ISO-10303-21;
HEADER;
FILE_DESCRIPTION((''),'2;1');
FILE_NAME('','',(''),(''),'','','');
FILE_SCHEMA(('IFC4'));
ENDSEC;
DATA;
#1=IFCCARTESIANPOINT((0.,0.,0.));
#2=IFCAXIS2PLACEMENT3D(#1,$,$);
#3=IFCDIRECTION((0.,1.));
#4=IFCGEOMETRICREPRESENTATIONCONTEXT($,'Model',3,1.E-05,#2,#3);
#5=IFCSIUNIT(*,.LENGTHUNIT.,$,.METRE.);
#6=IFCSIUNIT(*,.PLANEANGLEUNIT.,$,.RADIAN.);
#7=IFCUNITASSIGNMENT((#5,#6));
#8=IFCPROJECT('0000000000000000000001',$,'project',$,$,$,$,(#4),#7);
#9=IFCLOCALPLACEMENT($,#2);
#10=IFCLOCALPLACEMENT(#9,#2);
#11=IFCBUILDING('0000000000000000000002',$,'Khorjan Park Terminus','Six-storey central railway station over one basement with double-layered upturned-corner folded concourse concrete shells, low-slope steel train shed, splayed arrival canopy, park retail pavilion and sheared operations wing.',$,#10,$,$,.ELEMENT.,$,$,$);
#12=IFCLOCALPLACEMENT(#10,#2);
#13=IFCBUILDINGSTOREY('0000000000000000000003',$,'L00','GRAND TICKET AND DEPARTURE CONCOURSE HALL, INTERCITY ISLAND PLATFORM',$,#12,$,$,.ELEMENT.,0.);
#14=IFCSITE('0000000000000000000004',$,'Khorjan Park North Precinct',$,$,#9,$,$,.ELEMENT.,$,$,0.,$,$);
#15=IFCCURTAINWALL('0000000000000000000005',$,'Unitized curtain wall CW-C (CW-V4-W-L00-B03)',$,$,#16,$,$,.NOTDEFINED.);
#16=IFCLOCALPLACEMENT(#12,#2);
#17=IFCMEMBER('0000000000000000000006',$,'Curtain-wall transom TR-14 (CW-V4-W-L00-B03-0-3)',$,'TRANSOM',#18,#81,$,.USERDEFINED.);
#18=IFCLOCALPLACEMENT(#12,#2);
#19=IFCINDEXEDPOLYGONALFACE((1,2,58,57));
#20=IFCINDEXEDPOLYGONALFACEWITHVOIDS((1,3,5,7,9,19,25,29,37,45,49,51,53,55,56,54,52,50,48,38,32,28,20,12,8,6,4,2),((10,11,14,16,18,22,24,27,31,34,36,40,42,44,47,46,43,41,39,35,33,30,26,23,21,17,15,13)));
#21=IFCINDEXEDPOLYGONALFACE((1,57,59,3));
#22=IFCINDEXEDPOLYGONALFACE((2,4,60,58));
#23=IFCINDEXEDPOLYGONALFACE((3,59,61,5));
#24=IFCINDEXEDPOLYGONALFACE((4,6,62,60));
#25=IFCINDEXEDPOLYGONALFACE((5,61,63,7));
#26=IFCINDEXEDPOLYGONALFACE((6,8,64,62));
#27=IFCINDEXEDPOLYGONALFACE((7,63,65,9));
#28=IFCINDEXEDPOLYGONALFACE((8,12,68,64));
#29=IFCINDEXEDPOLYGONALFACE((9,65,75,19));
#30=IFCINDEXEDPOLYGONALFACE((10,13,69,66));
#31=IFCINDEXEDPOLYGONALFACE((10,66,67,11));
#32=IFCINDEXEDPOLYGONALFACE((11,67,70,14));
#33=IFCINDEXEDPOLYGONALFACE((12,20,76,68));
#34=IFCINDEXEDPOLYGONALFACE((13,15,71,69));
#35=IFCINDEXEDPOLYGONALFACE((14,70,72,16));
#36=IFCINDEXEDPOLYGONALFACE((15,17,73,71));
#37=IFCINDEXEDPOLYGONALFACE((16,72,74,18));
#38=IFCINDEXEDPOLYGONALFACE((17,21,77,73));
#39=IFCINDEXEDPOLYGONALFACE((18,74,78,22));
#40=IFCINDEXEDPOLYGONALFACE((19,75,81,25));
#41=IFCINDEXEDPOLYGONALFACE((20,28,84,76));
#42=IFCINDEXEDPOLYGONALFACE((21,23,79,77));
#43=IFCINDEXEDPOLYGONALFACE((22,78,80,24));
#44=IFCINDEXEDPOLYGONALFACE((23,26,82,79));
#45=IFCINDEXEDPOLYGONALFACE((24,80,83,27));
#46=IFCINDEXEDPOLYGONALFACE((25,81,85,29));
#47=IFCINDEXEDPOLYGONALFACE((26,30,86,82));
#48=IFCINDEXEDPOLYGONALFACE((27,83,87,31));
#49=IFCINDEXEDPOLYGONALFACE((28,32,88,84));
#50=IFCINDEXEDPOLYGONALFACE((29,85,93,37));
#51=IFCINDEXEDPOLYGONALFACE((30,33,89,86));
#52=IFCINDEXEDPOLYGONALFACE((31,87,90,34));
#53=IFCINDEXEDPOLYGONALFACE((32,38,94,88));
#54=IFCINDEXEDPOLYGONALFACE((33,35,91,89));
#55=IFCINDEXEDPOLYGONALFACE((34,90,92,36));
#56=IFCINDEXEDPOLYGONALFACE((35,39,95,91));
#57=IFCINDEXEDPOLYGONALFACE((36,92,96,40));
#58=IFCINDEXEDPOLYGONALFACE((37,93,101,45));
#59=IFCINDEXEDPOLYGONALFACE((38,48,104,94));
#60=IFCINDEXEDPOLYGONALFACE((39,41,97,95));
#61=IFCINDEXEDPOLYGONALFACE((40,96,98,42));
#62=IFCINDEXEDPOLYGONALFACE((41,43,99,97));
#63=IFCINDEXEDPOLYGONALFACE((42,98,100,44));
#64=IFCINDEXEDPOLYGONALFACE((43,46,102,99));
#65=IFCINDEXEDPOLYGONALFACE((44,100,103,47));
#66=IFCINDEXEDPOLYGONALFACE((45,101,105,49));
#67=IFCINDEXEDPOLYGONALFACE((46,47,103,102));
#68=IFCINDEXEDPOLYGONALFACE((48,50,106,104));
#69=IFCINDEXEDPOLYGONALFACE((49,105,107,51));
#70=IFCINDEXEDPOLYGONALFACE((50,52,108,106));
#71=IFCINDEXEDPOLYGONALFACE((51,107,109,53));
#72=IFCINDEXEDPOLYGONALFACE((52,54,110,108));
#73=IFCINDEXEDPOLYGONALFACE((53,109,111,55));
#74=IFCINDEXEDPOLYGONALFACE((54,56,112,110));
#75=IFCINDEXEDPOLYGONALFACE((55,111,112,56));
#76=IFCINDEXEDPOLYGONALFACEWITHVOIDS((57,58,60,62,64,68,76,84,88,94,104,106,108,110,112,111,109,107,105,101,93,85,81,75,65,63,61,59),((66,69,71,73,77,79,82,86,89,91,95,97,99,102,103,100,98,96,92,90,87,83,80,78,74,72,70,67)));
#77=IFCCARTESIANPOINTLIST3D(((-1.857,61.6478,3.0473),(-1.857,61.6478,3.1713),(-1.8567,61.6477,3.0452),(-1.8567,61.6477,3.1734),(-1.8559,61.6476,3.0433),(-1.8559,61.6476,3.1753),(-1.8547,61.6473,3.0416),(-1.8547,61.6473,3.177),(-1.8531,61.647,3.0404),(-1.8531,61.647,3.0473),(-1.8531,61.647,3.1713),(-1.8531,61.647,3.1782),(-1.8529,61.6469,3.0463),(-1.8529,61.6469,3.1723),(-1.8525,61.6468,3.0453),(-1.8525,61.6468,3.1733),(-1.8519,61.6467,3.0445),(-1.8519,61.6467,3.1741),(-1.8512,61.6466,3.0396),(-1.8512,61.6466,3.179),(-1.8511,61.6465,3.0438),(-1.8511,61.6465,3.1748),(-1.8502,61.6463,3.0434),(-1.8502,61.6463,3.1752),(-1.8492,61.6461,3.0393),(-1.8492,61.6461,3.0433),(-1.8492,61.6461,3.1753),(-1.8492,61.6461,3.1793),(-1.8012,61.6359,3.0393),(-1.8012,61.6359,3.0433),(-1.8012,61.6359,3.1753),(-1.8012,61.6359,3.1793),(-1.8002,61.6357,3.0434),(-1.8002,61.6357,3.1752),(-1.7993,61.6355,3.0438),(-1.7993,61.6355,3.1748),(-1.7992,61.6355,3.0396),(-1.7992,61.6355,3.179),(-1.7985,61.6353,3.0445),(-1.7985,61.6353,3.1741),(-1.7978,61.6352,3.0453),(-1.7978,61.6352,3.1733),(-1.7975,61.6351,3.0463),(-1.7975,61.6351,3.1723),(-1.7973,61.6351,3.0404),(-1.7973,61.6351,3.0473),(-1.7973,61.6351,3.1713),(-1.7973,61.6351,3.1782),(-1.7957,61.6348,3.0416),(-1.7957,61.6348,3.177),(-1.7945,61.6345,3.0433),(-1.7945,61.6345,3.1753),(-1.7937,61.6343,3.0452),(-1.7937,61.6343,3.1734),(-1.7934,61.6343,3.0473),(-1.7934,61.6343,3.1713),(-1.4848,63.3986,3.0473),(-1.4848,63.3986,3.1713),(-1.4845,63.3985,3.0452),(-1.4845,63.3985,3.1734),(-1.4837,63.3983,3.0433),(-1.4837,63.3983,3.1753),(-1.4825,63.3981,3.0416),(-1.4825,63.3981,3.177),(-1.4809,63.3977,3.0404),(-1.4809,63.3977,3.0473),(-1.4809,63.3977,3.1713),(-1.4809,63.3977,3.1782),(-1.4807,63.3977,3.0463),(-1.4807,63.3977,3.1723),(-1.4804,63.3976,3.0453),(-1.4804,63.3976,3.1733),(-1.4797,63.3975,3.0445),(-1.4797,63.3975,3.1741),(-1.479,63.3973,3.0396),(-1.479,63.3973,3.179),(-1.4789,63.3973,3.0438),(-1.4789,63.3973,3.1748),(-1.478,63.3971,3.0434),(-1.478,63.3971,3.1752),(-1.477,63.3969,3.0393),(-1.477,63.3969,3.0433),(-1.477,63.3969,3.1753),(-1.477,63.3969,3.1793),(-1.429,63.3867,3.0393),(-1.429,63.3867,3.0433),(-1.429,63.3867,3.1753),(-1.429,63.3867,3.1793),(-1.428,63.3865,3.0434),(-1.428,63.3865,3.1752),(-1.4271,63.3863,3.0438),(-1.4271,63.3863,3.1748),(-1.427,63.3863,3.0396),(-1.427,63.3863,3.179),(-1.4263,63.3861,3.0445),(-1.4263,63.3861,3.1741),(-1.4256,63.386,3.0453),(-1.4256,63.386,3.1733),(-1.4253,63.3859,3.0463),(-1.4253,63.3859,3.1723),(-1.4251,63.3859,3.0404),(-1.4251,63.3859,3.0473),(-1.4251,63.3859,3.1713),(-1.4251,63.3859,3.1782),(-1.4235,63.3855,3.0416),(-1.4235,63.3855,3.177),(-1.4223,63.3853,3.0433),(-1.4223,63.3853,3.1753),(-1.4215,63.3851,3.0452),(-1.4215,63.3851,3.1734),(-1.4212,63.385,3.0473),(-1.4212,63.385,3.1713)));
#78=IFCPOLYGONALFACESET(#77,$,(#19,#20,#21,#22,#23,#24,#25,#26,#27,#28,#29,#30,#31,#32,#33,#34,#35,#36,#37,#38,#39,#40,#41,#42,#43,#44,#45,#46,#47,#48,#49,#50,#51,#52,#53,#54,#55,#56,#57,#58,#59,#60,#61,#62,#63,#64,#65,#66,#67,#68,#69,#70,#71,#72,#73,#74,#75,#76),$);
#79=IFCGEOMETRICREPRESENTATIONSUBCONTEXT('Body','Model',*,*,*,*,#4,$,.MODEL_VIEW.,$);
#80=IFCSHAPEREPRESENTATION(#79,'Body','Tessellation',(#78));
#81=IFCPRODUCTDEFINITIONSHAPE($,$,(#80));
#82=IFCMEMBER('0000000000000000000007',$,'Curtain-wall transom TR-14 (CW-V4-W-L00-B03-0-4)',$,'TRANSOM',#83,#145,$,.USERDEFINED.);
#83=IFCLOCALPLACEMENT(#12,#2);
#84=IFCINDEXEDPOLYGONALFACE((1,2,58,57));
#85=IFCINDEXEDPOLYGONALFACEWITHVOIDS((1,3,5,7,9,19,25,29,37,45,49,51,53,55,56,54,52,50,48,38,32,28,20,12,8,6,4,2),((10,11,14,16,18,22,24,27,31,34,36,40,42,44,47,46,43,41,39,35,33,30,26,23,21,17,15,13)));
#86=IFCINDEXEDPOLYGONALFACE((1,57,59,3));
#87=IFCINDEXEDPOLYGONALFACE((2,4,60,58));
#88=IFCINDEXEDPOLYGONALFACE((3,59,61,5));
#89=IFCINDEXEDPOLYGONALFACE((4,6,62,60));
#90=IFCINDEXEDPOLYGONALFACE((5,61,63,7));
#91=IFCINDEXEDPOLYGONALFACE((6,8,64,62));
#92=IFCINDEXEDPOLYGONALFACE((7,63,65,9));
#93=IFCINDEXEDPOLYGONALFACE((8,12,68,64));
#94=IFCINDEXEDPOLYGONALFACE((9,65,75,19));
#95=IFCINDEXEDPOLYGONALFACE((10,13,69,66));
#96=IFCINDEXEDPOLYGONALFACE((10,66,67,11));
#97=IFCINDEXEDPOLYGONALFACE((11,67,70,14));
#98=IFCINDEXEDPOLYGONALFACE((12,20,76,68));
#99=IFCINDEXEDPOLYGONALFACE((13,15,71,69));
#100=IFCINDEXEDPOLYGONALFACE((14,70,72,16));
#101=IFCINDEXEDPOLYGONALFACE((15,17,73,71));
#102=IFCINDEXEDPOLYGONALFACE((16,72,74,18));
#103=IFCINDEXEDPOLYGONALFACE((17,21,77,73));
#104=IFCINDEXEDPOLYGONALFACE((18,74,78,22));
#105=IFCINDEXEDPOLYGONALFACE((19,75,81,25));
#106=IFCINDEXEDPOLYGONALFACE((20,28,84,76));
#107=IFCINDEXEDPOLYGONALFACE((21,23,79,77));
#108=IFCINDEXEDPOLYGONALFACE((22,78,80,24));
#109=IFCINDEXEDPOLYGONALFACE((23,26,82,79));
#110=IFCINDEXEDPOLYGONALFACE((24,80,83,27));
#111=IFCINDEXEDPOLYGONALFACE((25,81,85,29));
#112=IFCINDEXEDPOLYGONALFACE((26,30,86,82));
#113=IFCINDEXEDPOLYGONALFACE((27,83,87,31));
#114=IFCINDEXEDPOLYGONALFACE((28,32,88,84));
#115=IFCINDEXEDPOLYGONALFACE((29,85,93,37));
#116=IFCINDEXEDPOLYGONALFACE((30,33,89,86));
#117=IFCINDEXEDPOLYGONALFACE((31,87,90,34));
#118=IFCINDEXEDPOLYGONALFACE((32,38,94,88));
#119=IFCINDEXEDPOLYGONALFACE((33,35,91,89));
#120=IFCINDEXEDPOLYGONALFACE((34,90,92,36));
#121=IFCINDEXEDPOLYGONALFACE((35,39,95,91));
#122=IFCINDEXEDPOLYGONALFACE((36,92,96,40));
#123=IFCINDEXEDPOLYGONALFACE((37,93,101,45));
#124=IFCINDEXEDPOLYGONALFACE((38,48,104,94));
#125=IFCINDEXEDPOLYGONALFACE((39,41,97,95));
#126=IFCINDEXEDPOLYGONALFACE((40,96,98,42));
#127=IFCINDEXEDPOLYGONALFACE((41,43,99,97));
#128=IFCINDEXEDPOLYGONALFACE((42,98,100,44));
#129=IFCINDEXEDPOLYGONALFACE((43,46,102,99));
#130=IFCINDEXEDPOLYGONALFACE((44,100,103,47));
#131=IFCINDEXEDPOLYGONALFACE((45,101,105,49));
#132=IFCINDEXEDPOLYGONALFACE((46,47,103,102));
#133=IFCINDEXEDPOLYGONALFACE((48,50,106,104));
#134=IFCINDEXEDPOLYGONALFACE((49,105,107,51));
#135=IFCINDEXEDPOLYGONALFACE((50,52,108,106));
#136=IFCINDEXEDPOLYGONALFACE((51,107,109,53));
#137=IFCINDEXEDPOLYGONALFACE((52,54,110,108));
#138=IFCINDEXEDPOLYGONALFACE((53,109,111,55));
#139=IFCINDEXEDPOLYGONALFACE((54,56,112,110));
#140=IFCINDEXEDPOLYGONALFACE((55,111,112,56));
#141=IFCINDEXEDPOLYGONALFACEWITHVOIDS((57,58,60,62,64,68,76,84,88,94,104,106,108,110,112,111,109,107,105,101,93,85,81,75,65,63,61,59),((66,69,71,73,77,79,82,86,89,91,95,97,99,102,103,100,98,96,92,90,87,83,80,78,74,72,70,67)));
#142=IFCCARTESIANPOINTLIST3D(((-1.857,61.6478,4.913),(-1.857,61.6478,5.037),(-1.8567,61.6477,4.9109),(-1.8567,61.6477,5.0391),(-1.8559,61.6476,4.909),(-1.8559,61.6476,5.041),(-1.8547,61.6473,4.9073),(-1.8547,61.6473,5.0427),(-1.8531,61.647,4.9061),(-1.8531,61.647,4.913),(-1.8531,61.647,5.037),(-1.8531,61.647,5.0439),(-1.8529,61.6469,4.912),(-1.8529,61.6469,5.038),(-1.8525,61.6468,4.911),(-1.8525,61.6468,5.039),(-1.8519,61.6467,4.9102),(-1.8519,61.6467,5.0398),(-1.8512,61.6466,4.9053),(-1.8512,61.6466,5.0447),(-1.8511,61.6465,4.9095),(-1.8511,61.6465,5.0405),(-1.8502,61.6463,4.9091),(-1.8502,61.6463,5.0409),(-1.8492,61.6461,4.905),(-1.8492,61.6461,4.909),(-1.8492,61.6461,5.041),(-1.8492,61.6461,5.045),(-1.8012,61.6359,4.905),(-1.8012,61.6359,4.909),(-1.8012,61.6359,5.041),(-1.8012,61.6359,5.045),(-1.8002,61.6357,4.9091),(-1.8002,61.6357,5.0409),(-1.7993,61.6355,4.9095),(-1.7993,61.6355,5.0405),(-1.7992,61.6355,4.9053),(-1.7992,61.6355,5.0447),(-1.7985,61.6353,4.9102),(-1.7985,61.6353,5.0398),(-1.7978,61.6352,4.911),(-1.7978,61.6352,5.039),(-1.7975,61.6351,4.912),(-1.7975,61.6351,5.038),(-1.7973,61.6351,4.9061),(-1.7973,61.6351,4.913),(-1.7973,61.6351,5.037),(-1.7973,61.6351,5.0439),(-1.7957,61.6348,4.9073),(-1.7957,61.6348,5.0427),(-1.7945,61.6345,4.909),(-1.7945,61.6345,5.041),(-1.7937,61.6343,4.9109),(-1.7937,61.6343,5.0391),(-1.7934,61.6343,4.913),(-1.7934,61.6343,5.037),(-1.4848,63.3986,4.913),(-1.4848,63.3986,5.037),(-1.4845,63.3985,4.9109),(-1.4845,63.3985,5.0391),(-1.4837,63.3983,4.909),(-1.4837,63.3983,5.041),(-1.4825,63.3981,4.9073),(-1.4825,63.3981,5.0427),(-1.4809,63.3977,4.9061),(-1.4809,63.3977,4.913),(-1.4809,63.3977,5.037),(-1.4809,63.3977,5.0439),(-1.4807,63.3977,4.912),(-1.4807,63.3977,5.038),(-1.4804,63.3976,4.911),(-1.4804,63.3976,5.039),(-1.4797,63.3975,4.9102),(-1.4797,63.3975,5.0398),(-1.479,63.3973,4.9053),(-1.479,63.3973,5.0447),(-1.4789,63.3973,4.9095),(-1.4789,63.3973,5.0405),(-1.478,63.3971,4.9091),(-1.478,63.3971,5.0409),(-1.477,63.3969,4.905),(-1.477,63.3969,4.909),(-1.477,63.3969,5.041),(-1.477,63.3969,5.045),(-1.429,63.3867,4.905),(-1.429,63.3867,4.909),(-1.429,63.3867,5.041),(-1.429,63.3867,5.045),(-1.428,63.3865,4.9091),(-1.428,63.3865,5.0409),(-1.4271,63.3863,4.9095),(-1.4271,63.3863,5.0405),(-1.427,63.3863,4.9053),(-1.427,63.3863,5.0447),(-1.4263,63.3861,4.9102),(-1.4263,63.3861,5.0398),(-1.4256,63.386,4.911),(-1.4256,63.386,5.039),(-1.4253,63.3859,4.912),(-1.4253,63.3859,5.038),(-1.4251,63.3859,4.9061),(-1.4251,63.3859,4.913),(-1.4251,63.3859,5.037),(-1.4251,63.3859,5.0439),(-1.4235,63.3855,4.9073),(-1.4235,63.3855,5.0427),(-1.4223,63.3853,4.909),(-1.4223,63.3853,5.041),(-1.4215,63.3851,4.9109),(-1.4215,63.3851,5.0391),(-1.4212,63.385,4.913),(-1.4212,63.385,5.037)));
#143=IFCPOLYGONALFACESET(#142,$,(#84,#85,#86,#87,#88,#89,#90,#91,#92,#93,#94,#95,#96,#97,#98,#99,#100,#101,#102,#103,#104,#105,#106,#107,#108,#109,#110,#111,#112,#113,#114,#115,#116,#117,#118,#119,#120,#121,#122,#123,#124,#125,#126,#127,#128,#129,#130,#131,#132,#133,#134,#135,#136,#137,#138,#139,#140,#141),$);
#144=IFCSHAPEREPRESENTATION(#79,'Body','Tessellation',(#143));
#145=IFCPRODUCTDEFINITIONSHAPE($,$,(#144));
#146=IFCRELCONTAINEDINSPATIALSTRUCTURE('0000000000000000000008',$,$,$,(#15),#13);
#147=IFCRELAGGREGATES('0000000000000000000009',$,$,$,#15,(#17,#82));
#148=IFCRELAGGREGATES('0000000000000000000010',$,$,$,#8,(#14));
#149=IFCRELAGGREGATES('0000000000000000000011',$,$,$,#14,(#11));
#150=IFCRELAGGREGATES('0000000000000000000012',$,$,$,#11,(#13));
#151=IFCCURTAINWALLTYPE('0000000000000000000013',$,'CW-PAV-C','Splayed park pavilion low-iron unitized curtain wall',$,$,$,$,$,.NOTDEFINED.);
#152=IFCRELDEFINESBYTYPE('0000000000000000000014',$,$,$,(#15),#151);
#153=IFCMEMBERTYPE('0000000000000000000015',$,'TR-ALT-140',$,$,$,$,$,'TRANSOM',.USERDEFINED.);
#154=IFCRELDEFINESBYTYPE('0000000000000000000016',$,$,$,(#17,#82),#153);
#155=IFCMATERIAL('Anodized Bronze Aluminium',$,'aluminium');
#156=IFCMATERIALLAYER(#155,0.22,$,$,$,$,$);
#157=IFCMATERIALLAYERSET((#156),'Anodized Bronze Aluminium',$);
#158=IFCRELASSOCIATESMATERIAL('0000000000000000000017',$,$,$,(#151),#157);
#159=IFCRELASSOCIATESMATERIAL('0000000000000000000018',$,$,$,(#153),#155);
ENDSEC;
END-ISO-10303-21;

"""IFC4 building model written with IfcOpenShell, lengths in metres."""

from ifc_helpers import new_model, si_unit, direction, frame, origin, origin_2d, place, context, subcontext, project, spatial, hollow_rectangle, extrude, material, layer, layer_set, material_profile, profile_set, type_object, element, aggregate, save


model = new_model("IFC4")

# Units and contexts
model_context = context("Model", 3, precision=1e-05, world=origin(), true_north=direction((0.0, 1.0)))
body_context = subcontext(model_context, "Body", "Model", "MODEL_VIEW")
ifc_project = project(units=[si_unit("LENGTHUNIT", "METRE"), si_unit("PLANEANGLEUNIT", "RADIAN")], contexts=[model_context])

# Site, building, storey
site_placement = place(None, origin())
site = spatial("IfcSite", under=ifc_project, at=site_placement, Name="Khorjan Park North Precinct", CompositionType="ELEMENT", RefElevation=0.0)
building_placement = place(site_placement, origin())
building = spatial("IfcBuilding", under=site, at=building_placement, Name="Khorjan Park Terminus", Description="Six-storey central railway station over one basement with double-layered upturned-corner folded concourse concrete shells, low-slope steel train shed, splayed arrival canopy, park retail pavilion and sheared operations wing.", CompositionType="ELEMENT")
storey_placement = place(building_placement, origin())
storey = spatial("IfcBuildingStorey", under=building, at=storey_placement, Name="L00", Description="GRAND TICKET AND DEPARTURE CONCOURSE HALL, INTERCITY ISLAND PLATFORM", CompositionType="ELEMENT", Elevation=0.0)

# Curtain wall, members
ifc_material_1 = material(Name="Anodized Bronze Aluminium", Category="aluminium")
ifc_layer_1 = layer(ifc_material_1, 0.22)
ifc_layer_set_1 = layer_set([ifc_layer_1], Name="Anodized Bronze Aluminium")
curtain_wall_type = type_object("IfcCurtainWallType", Name="CW-PAV-C", Description="Splayed park pavilion low-iron unitized curtain wall", PredefinedType="NOTDEFINED", material=ifc_layer_set_1)
curtain_wall_placement = place(storey_placement, origin())
curtain_wall = element("IfcCurtainWall", 1, at=curtain_wall_placement, inside=storey, type_object=curtain_wall_type, Name="Unitized curtain wall CW-C (CW-V4-W-L00-B03)", PredefinedType="NOTDEFINED")
ifc_material_profile_1 = material_profile(ifc_material_1, hollow_rectangle(XDim=0.065, YDim=0.14, WallThickness=0.004, InnerFilletRadius=0.004, OuterFilletRadius=0.008, at=origin_2d()), Name="ALT 65x140x4")
ifc_profile_set_1 = profile_set([ifc_material_profile_1], Name="Anodized Bronze Aluminium")
member_type_1 = type_object("IfcMemberType", Name="TR-ALT-140", ElementType="TRANSOM", PredefinedType="USERDEFINED", material=ifc_profile_set_1)
member_1_placement = place(storey_placement, frame((-1.453, 63.3918, 3.1093), z_axis=(-0.207942, -0.978141, 0.0), x_axis=(0.978141, -0.207942, 0.0)))
member_1 = element("IfcMember", 2, at=member_1_placement, type_object=member_type_1, Name="Curtain-wall transom TR-14 (CW-V4-W-L00-B03-0-3)", ObjectType="TRANSOM", PredefinedType="USERDEFINED", context=body_context, shape_type="SweptSolid", body=[
    extrude(hollow_rectangle(XDim=0.065, YDim=0.14, WallThickness=0.004, InnerFilletRadius=0.004, OuterFilletRadius=0.008, at=origin_2d()), origin(), (0.0, 0.0, 1.0), 1.7899),
])
member_2_placement = place(storey_placement, frame((-1.453, 63.3918, 4.975), z_axis=(-0.207942, -0.978141, 0.0), x_axis=(0.978141, -0.207942, 0.0)))
member_2 = element("IfcMember", 3, at=member_2_placement, type_object=member_type_1, Name="Curtain-wall transom TR-14 (CW-V4-W-L00-B03-0-4)", ObjectType="TRANSOM", PredefinedType="USERDEFINED", context=body_context, shape_type="SweptSolid", body=[
    extrude(hollow_rectangle(XDim=0.065, YDim=0.14, WallThickness=0.004, InnerFilletRadius=0.004, OuterFilletRadius=0.008, at=origin_2d()), origin(), (0.0, 0.0, 1.0), 1.7899),
])
aggregate(curtain_wall, [member_1, member_2])

save(model, "model.ifc")
